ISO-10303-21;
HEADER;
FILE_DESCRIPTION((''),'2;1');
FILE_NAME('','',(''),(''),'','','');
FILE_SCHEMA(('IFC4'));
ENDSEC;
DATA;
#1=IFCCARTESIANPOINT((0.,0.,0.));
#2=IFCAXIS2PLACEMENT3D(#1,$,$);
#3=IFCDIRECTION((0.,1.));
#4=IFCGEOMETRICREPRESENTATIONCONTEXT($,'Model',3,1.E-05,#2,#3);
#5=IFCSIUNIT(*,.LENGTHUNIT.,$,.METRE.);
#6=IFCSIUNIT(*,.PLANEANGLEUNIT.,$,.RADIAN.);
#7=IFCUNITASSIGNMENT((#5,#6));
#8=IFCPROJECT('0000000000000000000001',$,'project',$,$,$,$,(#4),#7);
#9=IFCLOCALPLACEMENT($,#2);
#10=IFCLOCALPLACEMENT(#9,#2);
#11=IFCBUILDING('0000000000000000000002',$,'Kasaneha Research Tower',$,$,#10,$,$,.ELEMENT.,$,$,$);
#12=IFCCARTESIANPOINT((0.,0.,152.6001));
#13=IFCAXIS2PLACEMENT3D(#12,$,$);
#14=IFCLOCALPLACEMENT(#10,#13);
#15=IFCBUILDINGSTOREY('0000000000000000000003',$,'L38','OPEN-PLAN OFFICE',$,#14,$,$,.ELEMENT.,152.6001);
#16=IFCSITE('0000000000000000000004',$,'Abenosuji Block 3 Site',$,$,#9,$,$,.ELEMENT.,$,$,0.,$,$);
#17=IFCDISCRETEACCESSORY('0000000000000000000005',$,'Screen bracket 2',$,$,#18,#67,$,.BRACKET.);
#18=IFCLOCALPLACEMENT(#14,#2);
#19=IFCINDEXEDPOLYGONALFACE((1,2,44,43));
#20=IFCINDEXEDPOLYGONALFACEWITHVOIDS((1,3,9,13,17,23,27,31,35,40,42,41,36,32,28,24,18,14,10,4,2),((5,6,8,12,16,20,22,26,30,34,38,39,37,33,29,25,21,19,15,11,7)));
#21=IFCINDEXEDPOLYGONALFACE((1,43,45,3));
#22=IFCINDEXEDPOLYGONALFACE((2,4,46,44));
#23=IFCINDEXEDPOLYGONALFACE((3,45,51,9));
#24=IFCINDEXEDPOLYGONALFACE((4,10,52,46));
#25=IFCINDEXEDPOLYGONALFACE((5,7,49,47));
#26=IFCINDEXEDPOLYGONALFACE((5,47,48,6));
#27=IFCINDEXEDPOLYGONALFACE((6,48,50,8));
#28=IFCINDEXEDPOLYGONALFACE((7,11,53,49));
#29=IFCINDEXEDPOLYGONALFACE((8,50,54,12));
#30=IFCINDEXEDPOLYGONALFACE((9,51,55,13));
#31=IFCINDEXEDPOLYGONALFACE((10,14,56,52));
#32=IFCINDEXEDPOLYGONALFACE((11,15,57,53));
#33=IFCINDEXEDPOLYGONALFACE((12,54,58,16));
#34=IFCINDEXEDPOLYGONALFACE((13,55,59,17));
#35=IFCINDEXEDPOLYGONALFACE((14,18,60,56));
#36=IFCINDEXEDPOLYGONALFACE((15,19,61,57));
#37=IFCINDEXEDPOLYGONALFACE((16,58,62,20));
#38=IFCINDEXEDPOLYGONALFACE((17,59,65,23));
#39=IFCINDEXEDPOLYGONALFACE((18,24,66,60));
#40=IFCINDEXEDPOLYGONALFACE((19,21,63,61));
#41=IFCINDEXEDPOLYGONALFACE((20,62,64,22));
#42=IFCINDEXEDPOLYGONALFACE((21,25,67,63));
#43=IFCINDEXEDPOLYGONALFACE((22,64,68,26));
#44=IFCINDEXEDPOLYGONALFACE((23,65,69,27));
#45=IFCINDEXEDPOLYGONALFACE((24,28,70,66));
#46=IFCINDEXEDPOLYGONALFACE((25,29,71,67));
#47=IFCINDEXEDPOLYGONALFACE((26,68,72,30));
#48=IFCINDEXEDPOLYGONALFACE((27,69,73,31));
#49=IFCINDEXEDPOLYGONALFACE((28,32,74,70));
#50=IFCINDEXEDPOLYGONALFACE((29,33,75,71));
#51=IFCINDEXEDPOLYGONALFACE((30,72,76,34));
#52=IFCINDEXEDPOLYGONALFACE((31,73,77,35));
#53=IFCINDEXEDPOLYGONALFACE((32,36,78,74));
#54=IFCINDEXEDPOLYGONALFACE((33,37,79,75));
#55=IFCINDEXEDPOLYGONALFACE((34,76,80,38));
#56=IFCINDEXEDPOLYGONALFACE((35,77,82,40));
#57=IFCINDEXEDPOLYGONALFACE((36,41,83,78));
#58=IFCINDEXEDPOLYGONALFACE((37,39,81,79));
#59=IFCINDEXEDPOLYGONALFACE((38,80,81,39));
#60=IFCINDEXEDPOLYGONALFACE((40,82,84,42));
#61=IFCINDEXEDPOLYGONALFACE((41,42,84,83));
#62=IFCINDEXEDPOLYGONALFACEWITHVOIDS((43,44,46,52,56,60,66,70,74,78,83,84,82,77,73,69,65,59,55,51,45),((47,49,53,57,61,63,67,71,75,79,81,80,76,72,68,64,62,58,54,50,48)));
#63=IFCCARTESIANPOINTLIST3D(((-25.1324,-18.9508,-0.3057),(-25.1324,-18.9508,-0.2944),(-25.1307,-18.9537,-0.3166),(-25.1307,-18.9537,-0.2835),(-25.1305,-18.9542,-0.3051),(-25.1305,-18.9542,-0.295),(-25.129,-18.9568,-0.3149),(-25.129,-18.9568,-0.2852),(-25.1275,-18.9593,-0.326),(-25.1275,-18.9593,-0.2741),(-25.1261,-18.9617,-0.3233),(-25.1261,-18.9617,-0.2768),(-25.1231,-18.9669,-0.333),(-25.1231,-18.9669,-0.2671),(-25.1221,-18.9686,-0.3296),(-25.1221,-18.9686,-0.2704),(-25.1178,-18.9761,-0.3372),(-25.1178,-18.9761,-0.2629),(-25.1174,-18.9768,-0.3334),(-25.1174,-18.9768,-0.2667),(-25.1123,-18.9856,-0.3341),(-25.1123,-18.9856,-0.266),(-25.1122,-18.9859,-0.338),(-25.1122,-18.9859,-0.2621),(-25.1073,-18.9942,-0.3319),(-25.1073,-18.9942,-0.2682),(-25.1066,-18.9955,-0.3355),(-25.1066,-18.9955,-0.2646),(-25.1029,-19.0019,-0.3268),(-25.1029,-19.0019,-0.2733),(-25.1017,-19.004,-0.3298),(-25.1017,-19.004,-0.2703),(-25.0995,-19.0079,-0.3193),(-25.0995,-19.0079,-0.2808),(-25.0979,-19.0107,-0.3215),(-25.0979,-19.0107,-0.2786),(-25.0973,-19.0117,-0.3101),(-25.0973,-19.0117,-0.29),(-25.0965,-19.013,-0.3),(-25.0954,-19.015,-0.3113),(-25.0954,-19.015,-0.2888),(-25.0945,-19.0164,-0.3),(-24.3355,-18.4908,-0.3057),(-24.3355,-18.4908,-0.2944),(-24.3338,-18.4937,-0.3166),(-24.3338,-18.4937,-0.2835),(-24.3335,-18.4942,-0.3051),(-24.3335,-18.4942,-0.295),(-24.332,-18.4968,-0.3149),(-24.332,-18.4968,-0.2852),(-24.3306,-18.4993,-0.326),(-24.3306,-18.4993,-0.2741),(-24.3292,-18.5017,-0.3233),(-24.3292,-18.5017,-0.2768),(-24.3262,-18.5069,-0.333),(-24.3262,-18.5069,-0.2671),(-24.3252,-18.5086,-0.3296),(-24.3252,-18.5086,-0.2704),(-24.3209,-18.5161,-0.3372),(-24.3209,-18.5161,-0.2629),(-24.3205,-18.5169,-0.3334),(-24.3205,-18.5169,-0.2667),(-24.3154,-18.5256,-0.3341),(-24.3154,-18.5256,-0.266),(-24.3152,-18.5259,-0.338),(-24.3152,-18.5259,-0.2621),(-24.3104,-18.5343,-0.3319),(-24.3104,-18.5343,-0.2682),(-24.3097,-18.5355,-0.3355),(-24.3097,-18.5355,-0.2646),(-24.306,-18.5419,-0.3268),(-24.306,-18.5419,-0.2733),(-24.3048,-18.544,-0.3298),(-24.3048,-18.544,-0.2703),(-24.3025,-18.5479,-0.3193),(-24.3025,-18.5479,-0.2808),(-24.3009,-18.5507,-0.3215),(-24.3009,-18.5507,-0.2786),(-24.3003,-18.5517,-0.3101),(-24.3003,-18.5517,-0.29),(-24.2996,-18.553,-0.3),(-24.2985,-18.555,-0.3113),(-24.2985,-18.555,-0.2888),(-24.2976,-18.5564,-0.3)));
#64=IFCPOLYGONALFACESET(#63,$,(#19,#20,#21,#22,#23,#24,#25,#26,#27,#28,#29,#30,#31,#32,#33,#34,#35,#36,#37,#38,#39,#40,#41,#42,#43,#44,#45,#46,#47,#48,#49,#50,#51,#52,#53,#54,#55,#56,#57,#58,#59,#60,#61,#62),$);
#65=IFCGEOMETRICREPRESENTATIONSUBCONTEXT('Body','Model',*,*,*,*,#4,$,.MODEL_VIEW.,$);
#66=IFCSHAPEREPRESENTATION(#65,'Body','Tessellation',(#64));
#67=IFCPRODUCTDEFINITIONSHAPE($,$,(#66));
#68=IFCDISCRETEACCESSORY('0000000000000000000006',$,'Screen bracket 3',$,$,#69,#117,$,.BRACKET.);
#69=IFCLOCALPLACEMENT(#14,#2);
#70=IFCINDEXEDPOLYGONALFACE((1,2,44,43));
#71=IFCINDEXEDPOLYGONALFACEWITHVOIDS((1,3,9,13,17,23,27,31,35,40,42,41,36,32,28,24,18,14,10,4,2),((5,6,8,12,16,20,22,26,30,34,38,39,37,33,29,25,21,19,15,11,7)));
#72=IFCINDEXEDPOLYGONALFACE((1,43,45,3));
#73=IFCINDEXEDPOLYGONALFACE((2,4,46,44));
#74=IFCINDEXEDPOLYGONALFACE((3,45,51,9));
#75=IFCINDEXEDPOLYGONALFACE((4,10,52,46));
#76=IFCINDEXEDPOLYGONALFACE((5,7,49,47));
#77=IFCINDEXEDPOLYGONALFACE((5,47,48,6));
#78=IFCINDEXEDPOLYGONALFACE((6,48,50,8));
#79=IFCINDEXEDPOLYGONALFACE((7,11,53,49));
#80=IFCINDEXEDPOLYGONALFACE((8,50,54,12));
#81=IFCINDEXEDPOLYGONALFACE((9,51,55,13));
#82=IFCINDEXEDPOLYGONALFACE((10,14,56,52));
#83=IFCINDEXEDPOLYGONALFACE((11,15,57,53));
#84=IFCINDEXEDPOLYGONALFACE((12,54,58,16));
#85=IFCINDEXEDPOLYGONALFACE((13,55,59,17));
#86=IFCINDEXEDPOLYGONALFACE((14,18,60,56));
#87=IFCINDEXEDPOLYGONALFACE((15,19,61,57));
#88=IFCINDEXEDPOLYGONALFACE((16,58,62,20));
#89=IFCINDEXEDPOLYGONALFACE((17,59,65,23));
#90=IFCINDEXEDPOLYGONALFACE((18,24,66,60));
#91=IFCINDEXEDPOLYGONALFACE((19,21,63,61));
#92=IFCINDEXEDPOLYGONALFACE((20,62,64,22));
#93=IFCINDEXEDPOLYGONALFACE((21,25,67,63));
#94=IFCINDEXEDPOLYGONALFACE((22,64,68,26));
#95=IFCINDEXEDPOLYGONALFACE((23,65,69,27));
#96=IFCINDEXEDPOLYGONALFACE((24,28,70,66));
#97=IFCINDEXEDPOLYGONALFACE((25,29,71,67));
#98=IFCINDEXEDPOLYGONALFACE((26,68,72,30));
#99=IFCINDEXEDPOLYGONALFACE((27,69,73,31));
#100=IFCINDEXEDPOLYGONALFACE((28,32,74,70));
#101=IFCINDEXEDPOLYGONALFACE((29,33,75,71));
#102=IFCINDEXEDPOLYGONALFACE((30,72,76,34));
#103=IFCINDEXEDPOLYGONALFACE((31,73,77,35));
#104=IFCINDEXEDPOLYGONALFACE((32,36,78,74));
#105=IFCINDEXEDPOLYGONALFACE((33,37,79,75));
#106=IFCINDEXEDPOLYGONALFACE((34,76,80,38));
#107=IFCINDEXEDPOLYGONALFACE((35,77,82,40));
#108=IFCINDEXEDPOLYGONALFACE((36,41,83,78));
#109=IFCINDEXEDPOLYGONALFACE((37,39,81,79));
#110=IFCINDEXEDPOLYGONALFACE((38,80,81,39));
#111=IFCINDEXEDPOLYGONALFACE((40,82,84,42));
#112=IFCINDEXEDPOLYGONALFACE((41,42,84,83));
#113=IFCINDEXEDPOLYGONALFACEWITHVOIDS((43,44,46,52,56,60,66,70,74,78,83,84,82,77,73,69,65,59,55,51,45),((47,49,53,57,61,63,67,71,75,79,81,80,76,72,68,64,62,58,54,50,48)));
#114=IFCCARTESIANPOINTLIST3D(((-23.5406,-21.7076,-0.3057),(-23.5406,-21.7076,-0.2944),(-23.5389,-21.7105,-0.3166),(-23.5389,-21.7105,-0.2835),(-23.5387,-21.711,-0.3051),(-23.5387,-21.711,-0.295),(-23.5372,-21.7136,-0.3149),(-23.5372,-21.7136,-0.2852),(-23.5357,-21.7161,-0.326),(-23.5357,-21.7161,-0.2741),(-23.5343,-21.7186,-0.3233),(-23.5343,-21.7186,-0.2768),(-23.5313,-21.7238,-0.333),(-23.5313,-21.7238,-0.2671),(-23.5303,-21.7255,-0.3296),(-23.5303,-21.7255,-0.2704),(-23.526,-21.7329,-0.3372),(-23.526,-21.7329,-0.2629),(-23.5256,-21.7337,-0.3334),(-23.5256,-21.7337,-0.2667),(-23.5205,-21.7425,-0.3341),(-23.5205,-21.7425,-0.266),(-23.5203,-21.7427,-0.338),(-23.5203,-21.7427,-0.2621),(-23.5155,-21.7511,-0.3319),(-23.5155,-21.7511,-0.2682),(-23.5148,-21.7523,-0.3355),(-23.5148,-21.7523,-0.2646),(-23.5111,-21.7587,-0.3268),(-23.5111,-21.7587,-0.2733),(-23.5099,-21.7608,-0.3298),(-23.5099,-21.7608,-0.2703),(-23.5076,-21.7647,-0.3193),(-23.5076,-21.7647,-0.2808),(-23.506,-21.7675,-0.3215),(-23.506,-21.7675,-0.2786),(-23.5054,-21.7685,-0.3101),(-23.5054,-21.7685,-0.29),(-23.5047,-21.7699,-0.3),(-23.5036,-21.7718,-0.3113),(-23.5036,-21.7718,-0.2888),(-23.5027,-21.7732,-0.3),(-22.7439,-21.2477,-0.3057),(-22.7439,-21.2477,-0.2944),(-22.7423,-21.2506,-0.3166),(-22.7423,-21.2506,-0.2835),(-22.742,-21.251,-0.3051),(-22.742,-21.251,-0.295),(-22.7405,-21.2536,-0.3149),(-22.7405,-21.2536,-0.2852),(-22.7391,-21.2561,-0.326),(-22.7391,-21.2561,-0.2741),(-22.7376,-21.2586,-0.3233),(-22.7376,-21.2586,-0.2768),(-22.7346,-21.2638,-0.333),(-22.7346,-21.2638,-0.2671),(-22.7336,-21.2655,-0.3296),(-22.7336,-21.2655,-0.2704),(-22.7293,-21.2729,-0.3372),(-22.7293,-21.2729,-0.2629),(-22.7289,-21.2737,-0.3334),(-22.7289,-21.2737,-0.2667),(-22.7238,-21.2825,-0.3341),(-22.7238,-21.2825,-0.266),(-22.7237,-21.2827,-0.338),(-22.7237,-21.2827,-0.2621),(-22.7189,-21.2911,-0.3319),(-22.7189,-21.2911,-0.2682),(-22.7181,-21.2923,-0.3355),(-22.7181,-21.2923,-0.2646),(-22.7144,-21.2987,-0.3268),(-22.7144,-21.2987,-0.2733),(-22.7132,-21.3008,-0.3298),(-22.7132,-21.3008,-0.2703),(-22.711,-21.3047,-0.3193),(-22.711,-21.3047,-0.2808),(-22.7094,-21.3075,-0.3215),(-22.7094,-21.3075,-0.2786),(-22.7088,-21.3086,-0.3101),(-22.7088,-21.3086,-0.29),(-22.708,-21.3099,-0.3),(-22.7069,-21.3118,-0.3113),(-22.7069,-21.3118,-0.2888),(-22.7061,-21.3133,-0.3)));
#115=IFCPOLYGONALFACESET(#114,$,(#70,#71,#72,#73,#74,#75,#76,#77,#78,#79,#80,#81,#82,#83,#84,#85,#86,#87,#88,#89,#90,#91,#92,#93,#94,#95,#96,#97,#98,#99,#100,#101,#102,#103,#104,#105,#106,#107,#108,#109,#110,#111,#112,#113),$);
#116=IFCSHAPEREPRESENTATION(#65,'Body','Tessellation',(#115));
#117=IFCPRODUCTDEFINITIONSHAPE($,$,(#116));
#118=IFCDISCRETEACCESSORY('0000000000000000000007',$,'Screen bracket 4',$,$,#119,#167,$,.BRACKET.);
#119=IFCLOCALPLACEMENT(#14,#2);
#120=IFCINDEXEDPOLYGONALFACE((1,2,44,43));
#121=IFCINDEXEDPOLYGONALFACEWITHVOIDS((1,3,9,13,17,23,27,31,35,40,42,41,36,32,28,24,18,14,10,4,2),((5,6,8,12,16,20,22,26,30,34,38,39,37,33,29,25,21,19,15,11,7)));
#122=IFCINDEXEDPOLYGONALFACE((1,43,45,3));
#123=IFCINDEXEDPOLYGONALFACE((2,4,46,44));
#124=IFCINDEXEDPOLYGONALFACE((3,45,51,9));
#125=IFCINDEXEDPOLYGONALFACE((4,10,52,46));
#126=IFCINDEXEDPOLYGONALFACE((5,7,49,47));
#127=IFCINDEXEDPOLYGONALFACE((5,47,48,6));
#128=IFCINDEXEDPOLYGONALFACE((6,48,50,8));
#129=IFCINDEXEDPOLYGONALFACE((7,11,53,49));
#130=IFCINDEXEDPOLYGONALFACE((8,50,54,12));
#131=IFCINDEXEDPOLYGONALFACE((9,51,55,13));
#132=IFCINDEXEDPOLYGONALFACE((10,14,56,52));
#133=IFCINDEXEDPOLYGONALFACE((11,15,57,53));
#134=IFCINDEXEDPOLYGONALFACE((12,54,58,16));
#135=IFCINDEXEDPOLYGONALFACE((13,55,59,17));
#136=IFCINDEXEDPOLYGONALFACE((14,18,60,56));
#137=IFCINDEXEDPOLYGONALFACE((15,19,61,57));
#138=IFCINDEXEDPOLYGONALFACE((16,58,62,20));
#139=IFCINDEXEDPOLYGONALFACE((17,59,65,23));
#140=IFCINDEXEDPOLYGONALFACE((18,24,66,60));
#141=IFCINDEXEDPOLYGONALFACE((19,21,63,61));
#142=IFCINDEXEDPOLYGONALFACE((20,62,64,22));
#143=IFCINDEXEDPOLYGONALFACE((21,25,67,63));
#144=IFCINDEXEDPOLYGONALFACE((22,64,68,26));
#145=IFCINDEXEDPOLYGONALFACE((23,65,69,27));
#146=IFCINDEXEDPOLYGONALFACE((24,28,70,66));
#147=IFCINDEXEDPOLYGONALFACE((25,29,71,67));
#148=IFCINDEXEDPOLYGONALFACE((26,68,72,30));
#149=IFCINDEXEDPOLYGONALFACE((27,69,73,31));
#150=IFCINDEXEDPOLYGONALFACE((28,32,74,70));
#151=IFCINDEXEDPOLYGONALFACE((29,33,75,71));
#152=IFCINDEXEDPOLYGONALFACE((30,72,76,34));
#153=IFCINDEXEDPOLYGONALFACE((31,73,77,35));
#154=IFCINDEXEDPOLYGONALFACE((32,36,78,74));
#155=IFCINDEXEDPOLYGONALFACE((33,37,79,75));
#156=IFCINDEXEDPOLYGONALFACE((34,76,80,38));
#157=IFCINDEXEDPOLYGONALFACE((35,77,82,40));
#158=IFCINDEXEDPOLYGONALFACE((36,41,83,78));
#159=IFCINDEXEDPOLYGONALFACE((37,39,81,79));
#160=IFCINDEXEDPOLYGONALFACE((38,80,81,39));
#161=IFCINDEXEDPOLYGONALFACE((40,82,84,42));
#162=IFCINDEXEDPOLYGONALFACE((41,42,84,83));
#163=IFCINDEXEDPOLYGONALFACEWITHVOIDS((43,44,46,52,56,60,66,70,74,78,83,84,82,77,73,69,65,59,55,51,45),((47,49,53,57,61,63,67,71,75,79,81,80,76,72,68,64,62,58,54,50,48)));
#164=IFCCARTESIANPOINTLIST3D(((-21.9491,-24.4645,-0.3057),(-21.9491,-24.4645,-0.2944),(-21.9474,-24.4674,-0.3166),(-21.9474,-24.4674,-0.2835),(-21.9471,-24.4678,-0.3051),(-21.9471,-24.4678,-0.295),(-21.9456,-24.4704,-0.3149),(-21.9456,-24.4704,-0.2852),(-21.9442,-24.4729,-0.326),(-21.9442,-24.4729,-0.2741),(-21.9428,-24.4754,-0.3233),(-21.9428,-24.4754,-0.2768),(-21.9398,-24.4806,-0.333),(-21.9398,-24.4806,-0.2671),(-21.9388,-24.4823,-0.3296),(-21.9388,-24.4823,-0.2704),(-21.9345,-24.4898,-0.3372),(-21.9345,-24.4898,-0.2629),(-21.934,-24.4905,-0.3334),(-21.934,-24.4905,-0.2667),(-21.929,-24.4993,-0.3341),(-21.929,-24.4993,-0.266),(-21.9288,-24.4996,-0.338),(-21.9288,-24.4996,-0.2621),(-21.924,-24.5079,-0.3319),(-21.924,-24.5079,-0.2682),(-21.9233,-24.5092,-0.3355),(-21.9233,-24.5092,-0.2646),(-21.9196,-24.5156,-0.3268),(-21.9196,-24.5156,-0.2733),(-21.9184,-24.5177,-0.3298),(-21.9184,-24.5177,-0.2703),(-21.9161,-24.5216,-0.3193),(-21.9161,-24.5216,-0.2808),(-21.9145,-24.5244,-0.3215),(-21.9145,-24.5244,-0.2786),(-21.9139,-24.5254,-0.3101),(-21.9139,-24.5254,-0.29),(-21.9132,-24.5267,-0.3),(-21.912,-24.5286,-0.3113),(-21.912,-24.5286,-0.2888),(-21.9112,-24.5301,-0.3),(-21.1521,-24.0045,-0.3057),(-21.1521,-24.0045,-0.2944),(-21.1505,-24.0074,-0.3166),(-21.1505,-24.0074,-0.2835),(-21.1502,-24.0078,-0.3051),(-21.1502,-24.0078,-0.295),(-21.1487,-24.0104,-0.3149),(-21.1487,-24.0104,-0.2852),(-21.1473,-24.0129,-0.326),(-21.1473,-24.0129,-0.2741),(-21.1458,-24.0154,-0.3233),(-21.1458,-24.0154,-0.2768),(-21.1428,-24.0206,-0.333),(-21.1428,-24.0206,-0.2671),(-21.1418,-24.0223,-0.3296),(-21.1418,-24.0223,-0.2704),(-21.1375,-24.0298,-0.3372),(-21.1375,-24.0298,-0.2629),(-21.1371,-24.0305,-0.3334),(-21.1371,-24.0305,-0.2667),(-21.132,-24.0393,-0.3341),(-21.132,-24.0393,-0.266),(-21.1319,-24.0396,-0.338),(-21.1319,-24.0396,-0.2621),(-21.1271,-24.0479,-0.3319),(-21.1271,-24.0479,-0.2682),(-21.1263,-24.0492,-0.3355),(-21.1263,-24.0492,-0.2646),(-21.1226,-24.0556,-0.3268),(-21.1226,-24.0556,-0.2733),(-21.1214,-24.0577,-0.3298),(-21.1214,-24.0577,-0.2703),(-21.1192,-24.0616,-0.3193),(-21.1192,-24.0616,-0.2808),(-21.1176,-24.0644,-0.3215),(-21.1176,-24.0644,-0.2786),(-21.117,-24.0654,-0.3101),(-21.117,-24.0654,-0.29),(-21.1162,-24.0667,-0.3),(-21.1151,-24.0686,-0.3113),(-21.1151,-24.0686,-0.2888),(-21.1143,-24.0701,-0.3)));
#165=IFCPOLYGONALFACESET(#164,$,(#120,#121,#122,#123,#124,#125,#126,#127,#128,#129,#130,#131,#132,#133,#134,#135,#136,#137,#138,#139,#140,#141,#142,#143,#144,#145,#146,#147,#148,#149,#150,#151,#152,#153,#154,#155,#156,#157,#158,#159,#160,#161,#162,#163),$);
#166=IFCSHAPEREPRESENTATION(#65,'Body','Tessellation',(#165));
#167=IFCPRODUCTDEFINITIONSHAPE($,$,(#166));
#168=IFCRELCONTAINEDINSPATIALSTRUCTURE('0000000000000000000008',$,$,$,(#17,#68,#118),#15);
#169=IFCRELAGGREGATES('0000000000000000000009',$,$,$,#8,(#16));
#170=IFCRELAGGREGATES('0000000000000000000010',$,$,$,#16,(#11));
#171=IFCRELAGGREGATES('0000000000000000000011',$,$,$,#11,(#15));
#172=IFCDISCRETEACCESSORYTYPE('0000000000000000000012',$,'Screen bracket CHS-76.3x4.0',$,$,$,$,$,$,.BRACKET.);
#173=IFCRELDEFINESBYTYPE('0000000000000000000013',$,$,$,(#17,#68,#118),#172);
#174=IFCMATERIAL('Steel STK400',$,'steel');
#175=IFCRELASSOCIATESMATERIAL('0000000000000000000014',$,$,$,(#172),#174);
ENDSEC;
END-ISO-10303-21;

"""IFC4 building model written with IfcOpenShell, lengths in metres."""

from ifc_helpers import new_model, si_unit, direction, frame, origin, origin_2d, place, context, subcontext, project, spatial, hollow_circle, extrude, material, material_profile, profile_set, type_object, element, save


model = new_model("IFC4")

# Units and contexts
model_context = context("Model", 3, precision=1e-05, world=origin(), true_north=direction((0.0, 1.0)))
body_context = subcontext(model_context, "Body", "Model", "MODEL_VIEW")
ifc_project = project(units=[si_unit("LENGTHUNIT", "METRE"), si_unit("PLANEANGLEUNIT", "RADIAN")], contexts=[model_context])

# Site, building, storey
site_placement = place(None, origin())
site = spatial("IfcSite", under=ifc_project, at=site_placement, Name="Abenosuji Block 3 Site", CompositionType="ELEMENT", RefElevation=0.0)
building_placement = place(site_placement, origin())
building = spatial("IfcBuilding", under=site, at=building_placement, Name="Kasaneha Research Tower", CompositionType="ELEMENT")
storey_placement = place(building_placement, frame((0.0, 0.0, 152.6001)))
storey = spatial("IfcBuildingStorey", under=building, at=storey_placement, Name="L38", Description="OPEN-PLAN OFFICE", CompositionType="ELEMENT", Elevation=152.6001)

# Discrete accessories
ifc_material_1 = material(Name="Steel STK400", Category="steel")
ifc_material_profile_1 = material_profile(ifc_material_1, hollow_circle(Radius=0.0381, WallThickness=0.0039, at=origin_2d()), Name="CHS-76.3x4.0")
ifc_profile_set_1 = profile_set([ifc_material_profile_1], Name="Steel STK400")
discrete_accessory_type = type_object("IfcDiscreteAccessoryType", Name="Screen bracket CHS-76.3x4.0", PredefinedType="BRACKET", material=ifc_profile_set_1)
discrete_accessory_1_placement = place(storey_placement, frame((-24.3167, -18.5234, -0.3), z_axis=(-0.86608, -0.499906, 0.0), x_axis=(0.499906, -0.86608, 0.0)))
element("IfcDiscreteAccessory", 1, at=discrete_accessory_1_placement, inside=storey, type_object=discrete_accessory_type, Name="Screen bracket 2", PredefinedType="BRACKET", context=body_context, shape_type="SweptSolid", body=[
    extrude(hollow_circle(Radius=0.0381, WallThickness=0.0039, at=origin_2d()), origin(), (0.0, 0.0, 1.0), 0.9202),
])
discrete_accessory_2_placement = place(storey_placement, frame((-22.7251, -21.2803, -0.3), z_axis=(-0.866013, -0.500021, 0.0), x_axis=(0.500021, -0.866013, 0.0)))
element("IfcDiscreteAccessory", 2, at=discrete_accessory_2_placement, inside=storey, type_object=discrete_accessory_type, Name="Screen bracket 3", PredefinedType="BRACKET", context=body_context, shape_type="SweptSolid", body=[
    extrude(hollow_circle(Radius=0.0381, WallThickness=0.0039, at=origin_2d()), origin(), (0.0, 0.0, 1.0), 0.9199),
])
discrete_accessory_3_placement = place(storey_placement, frame((-21.1333, -24.0371, -0.3), z_axis=(-0.86608, -0.499906, 0.0), x_axis=(0.499906, -0.86608, 0.0)))
element("IfcDiscreteAccessory", 3, at=discrete_accessory_3_placement, inside=storey, type_object=discrete_accessory_type, Name="Screen bracket 4", PredefinedType="BRACKET", context=body_context, shape_type="SweptSolid", body=[
    extrude(hollow_circle(Radius=0.0381, WallThickness=0.0039, at=origin_2d()), origin(), (0.0, 0.0, 1.0), 0.9202),
])

save(model, "model.ifc")
